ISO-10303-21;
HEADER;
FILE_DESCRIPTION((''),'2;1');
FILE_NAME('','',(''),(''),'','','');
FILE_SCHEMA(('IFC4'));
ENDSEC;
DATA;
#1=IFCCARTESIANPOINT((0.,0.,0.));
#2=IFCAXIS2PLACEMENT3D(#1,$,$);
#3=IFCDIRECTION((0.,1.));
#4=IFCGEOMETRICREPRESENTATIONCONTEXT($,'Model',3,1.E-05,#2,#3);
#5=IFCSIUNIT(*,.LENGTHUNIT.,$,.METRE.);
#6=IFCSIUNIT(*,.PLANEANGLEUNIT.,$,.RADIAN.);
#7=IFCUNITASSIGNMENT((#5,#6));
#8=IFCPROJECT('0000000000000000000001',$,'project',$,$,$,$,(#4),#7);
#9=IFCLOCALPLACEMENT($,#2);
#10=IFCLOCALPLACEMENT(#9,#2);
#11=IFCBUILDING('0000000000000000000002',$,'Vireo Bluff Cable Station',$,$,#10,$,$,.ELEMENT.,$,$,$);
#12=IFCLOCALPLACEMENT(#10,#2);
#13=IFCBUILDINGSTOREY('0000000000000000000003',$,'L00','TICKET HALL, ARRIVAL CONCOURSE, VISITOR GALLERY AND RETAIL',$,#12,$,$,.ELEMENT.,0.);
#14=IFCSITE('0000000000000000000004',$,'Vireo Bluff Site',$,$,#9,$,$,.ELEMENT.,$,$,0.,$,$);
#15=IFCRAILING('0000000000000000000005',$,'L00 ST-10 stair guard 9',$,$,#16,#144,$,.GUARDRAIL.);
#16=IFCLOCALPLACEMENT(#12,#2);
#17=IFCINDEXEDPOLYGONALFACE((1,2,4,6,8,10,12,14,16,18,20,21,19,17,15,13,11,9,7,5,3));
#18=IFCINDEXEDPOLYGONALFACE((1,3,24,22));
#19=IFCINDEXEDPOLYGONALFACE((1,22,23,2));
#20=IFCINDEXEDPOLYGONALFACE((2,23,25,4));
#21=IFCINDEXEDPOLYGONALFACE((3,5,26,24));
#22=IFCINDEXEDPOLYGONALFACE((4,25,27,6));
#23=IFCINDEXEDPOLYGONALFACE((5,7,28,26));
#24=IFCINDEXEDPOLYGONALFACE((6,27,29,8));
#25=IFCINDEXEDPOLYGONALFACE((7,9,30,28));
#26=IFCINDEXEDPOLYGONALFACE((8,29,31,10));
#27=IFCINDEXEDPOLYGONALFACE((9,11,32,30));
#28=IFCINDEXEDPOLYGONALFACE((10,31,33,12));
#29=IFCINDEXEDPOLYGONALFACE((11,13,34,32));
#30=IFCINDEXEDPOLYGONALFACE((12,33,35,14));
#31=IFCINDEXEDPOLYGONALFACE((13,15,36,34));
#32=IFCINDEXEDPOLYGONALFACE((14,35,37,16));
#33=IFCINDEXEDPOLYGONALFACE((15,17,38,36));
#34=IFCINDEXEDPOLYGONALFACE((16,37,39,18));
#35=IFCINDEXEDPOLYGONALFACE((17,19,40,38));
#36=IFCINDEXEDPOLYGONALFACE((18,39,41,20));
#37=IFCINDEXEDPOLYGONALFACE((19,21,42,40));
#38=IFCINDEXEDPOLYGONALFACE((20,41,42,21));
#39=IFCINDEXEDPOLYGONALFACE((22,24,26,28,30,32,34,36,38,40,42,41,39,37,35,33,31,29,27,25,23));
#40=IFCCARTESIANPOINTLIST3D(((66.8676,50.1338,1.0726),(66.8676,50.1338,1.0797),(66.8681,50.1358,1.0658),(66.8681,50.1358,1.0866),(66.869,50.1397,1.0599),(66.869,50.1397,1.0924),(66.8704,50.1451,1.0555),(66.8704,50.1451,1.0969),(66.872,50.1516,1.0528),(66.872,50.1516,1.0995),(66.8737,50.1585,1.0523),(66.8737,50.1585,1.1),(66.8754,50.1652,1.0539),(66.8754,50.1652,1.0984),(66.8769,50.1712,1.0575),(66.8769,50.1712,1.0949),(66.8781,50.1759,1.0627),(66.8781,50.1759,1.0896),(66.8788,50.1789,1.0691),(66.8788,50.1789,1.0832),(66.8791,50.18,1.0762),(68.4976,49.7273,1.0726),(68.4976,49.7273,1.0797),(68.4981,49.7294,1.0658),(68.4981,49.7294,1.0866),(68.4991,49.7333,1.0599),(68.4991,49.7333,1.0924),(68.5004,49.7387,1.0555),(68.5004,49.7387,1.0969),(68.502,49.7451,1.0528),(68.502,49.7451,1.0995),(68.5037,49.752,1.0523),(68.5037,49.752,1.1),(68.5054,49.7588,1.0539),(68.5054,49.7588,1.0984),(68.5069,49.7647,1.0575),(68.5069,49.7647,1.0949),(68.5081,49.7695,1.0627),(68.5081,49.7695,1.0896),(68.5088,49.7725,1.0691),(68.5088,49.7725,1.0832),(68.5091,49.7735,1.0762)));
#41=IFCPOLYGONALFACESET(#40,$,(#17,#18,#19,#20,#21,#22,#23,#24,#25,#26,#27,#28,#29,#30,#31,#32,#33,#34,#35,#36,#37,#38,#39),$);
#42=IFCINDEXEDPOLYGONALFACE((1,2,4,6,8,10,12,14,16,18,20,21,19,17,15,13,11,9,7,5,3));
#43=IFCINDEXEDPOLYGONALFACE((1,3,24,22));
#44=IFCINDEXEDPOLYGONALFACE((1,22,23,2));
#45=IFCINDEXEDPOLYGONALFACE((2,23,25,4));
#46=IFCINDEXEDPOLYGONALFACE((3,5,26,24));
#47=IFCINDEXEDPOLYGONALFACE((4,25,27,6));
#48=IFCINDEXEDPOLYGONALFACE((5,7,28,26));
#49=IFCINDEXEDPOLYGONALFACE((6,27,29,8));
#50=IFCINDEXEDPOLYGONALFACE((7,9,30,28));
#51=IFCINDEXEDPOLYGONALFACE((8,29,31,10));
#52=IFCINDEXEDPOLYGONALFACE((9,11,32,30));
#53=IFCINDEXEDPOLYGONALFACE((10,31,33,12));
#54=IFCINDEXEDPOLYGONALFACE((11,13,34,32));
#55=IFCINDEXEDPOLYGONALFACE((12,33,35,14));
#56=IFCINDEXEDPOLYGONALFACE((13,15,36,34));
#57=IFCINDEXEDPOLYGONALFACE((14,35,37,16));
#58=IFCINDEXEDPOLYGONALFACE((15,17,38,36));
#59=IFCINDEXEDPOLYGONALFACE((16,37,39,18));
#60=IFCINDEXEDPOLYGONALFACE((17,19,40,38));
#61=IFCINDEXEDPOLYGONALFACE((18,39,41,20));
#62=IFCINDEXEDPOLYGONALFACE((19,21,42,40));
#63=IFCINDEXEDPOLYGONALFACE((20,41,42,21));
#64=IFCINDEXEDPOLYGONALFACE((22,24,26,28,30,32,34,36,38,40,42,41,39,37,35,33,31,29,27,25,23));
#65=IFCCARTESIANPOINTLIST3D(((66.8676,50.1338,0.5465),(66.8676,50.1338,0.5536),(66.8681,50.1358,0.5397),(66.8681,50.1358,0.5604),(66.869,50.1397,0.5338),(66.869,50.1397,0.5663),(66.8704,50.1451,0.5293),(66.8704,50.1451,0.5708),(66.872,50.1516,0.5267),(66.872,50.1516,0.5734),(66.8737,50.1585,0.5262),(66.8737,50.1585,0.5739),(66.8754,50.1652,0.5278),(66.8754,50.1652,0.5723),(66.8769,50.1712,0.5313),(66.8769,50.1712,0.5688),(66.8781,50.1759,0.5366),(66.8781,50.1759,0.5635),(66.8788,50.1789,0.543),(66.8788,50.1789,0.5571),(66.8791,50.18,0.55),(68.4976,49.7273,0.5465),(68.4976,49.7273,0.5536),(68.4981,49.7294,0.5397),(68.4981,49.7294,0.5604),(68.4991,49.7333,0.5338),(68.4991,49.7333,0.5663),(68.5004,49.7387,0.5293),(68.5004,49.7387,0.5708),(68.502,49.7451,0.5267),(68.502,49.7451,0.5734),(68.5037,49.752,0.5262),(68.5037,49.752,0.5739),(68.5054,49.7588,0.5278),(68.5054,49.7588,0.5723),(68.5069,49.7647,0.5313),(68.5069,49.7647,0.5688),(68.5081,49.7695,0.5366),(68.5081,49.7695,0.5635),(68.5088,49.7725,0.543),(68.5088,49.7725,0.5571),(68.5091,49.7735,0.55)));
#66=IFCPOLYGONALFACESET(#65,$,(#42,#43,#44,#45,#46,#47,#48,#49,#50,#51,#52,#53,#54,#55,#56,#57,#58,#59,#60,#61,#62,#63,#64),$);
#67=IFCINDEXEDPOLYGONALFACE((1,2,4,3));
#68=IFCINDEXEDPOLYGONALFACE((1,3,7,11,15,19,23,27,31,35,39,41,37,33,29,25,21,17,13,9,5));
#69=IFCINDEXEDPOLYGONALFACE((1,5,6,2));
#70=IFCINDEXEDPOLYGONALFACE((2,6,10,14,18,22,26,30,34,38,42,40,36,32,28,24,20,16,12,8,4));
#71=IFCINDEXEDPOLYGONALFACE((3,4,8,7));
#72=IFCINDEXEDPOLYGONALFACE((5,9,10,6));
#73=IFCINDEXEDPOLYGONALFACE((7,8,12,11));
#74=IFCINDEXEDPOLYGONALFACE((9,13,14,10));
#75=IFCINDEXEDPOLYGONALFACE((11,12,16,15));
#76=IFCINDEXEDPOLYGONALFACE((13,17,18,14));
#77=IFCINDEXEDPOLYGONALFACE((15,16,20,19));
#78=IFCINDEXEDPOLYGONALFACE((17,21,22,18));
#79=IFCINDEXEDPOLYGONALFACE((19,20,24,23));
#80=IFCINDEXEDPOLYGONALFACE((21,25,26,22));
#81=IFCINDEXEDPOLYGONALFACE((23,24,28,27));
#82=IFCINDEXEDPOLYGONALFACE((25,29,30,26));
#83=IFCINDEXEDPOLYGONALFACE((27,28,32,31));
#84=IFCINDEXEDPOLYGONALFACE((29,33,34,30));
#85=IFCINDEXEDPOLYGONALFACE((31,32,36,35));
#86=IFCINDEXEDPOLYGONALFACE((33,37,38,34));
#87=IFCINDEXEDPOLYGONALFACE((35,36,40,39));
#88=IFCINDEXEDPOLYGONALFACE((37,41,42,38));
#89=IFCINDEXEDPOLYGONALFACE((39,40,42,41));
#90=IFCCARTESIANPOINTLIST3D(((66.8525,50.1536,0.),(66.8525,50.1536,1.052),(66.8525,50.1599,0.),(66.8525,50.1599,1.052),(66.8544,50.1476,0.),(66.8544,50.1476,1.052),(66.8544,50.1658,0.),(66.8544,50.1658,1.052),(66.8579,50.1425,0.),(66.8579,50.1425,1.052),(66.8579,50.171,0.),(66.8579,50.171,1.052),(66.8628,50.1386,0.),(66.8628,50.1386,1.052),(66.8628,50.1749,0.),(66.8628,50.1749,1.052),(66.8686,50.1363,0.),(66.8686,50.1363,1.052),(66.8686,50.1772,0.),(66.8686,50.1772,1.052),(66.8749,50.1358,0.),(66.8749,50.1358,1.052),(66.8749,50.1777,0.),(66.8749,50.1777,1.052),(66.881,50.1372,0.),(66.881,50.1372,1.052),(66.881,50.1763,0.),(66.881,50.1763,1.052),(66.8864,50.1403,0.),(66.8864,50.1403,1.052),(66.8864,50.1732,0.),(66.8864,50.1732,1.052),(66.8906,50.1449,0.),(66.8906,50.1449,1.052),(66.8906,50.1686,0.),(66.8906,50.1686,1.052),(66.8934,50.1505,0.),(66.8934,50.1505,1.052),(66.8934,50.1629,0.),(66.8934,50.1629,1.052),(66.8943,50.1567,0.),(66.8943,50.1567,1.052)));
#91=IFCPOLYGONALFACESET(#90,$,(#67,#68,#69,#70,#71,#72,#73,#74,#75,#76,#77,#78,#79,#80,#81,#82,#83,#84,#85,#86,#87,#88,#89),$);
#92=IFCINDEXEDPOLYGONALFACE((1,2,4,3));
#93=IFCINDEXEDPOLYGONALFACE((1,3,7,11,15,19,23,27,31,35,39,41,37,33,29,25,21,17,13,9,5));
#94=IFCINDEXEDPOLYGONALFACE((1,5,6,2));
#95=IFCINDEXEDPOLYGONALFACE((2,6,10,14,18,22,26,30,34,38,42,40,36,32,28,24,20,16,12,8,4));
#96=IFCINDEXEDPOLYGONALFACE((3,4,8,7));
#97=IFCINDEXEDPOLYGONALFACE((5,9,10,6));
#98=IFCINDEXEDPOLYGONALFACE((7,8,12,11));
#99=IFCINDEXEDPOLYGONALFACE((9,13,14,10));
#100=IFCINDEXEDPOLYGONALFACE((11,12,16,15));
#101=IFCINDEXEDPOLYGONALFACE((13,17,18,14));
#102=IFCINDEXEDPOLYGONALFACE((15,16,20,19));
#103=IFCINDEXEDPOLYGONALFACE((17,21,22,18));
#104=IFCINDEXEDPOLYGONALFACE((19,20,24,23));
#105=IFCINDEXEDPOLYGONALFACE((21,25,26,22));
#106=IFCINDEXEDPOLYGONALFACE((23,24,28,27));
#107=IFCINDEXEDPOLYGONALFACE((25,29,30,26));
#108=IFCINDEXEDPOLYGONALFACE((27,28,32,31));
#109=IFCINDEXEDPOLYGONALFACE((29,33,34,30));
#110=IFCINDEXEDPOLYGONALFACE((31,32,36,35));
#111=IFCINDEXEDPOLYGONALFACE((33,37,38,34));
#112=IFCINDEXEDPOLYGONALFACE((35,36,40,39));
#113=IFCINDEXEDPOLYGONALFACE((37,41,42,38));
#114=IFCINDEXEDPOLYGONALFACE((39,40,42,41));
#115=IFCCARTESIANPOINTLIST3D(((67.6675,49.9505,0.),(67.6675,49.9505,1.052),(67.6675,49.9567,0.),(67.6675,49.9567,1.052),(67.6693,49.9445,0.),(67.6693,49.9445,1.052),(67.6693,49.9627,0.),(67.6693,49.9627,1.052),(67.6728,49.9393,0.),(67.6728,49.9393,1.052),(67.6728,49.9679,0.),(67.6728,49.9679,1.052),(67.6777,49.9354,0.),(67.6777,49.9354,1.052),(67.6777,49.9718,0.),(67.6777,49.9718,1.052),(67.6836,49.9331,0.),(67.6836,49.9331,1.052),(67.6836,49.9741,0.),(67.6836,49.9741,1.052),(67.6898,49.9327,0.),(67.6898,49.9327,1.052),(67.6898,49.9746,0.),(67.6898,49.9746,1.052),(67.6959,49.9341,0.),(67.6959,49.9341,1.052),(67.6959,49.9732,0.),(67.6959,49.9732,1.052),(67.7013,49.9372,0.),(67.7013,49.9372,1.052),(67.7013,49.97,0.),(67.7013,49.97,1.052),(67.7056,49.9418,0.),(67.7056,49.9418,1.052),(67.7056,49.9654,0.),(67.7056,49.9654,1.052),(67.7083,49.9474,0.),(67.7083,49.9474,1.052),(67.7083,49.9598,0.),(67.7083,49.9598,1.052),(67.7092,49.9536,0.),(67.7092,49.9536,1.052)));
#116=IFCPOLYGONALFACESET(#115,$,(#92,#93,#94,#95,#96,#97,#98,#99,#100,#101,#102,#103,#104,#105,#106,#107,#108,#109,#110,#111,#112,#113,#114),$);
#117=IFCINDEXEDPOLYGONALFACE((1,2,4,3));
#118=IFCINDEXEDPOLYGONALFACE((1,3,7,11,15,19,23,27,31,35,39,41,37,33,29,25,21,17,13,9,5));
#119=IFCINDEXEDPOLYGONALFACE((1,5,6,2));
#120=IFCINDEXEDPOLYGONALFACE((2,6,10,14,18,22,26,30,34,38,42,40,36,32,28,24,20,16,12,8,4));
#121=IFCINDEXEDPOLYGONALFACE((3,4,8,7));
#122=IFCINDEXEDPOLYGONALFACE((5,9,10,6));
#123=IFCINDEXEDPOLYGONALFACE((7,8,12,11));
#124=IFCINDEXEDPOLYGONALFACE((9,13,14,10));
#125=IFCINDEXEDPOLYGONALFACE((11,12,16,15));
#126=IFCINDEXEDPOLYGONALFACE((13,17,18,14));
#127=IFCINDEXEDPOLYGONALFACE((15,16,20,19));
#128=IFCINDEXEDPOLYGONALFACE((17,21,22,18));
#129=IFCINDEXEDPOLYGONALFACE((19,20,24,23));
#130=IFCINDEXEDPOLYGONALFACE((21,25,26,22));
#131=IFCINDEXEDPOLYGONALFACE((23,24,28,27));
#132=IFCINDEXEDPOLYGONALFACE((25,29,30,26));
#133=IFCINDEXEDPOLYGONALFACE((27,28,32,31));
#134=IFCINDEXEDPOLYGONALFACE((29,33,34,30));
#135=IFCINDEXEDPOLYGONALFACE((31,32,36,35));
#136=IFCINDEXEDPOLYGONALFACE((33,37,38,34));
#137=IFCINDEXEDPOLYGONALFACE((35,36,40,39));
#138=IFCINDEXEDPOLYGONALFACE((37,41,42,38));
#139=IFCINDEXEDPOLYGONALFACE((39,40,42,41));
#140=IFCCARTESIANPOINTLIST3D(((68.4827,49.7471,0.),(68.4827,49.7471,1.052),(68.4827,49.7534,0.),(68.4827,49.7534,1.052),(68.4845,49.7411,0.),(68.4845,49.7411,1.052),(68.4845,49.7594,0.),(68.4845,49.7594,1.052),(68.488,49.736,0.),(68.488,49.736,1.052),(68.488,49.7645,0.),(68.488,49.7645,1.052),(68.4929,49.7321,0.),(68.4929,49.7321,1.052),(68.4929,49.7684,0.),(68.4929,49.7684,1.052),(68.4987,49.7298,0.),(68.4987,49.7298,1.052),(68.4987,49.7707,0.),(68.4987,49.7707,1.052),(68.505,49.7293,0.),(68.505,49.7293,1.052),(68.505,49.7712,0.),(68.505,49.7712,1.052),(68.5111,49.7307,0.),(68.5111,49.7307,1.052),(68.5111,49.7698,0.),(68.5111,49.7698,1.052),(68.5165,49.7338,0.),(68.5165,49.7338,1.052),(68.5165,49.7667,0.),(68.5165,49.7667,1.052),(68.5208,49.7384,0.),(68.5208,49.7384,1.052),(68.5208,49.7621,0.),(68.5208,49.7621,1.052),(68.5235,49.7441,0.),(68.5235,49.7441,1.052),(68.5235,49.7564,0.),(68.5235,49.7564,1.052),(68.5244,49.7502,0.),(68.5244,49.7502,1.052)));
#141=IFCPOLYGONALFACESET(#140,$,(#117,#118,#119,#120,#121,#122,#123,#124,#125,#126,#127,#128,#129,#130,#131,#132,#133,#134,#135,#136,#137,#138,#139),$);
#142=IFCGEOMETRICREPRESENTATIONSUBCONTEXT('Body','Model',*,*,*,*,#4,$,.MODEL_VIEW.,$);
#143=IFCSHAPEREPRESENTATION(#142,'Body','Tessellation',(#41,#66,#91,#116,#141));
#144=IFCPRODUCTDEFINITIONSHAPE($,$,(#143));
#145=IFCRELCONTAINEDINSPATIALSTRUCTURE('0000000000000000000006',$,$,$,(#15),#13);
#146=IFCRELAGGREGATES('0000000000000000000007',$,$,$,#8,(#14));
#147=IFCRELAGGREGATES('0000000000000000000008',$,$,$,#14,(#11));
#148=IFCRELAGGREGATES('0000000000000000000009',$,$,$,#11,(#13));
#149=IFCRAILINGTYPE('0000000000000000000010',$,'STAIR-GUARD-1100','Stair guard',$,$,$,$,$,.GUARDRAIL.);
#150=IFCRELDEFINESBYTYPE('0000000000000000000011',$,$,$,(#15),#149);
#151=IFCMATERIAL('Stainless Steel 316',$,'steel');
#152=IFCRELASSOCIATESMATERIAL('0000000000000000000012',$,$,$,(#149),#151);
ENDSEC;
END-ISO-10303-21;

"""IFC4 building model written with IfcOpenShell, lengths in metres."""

from ifc_helpers import new_model, si_unit, direction, frame, origin, origin_2d, place, context, subcontext, project, spatial, circle, extrude, material, type_object, element, save


model = new_model("IFC4")

# Units and contexts
model_context = context("Model", 3, precision=1e-05, world=origin(), true_north=direction((0.0, 1.0)))
body_context = subcontext(model_context, "Body", "Model", "MODEL_VIEW")
ifc_project = project(units=[si_unit("LENGTHUNIT", "METRE"), si_unit("PLANEANGLEUNIT", "RADIAN")], contexts=[model_context])

# Site, building, storey
site_placement = place(None, origin())
site = spatial("IfcSite", under=ifc_project, at=site_placement, Name="Vireo Bluff Site", CompositionType="ELEMENT", RefElevation=0.0)
building_placement = place(site_placement, origin())
building = spatial("IfcBuilding", under=site, at=building_placement, Name="Vireo Bluff Cable Station", CompositionType="ELEMENT")
storey_placement = place(building_placement, origin())
storey = spatial("IfcBuildingStorey", under=building, at=storey_placement, Name="L00", Description="TICKET HALL, ARRIVAL CONCOURSE, VISITOR GALLERY AND RETAIL", CompositionType="ELEMENT", Elevation=0.0)

# Railing
ifc_material_1 = material(Name="Stainless Steel 316", Category="steel")
railing_type_1 = type_object("IfcRailingType", Name="STAIR-GUARD-1100", Description="Stair guard", PredefinedType="GUARDRAIL", material=ifc_material_1)
for number, where, name in (
    (1, (66.8733, 50.1567, 0.0), "L00 ST-10 stair guard 9"),
):
    element("IfcRailing", number, at=place(storey_placement, frame(where)), inside=storey, type_object=railing_type_1, Name=name, PredefinedType="GUARDRAIL", context=body_context, shape_type="SweptSolid", body=[
        extrude(circle(Radius=0.0239, at=origin_2d()), frame((0.0, 0.0, 1.0762), z_axis=(0.970288, -0.241954, 0.0), x_axis=(0.241954, 0.970288, 0.0)), (0.0, 0.0, 1.0), 1.6799),
        extrude(circle(Radius=0.0239, at=origin_2d()), frame((0.0, 0.0, 0.55), z_axis=(0.970288, -0.241954, 0.0), x_axis=(0.241954, 0.970288, 0.0)), (0.0, 0.0, 1.0), 1.6799),
        extrude(circle(Radius=0.021, at=origin_2d()), origin(), (0.0, 0.0, 1.0), 1.052),
        extrude(circle(Radius=0.021, at=origin_2d()), frame((0.8149, -0.2031, 0.0)), (0.0, 0.0, 1.0), 1.052),
        extrude(circle(Radius=0.021, at=origin_2d()), frame((1.6301, -0.4065, 0.0)), (0.0, 0.0, 1.0), 1.052),
    ])

save(model, "model.ifc")
